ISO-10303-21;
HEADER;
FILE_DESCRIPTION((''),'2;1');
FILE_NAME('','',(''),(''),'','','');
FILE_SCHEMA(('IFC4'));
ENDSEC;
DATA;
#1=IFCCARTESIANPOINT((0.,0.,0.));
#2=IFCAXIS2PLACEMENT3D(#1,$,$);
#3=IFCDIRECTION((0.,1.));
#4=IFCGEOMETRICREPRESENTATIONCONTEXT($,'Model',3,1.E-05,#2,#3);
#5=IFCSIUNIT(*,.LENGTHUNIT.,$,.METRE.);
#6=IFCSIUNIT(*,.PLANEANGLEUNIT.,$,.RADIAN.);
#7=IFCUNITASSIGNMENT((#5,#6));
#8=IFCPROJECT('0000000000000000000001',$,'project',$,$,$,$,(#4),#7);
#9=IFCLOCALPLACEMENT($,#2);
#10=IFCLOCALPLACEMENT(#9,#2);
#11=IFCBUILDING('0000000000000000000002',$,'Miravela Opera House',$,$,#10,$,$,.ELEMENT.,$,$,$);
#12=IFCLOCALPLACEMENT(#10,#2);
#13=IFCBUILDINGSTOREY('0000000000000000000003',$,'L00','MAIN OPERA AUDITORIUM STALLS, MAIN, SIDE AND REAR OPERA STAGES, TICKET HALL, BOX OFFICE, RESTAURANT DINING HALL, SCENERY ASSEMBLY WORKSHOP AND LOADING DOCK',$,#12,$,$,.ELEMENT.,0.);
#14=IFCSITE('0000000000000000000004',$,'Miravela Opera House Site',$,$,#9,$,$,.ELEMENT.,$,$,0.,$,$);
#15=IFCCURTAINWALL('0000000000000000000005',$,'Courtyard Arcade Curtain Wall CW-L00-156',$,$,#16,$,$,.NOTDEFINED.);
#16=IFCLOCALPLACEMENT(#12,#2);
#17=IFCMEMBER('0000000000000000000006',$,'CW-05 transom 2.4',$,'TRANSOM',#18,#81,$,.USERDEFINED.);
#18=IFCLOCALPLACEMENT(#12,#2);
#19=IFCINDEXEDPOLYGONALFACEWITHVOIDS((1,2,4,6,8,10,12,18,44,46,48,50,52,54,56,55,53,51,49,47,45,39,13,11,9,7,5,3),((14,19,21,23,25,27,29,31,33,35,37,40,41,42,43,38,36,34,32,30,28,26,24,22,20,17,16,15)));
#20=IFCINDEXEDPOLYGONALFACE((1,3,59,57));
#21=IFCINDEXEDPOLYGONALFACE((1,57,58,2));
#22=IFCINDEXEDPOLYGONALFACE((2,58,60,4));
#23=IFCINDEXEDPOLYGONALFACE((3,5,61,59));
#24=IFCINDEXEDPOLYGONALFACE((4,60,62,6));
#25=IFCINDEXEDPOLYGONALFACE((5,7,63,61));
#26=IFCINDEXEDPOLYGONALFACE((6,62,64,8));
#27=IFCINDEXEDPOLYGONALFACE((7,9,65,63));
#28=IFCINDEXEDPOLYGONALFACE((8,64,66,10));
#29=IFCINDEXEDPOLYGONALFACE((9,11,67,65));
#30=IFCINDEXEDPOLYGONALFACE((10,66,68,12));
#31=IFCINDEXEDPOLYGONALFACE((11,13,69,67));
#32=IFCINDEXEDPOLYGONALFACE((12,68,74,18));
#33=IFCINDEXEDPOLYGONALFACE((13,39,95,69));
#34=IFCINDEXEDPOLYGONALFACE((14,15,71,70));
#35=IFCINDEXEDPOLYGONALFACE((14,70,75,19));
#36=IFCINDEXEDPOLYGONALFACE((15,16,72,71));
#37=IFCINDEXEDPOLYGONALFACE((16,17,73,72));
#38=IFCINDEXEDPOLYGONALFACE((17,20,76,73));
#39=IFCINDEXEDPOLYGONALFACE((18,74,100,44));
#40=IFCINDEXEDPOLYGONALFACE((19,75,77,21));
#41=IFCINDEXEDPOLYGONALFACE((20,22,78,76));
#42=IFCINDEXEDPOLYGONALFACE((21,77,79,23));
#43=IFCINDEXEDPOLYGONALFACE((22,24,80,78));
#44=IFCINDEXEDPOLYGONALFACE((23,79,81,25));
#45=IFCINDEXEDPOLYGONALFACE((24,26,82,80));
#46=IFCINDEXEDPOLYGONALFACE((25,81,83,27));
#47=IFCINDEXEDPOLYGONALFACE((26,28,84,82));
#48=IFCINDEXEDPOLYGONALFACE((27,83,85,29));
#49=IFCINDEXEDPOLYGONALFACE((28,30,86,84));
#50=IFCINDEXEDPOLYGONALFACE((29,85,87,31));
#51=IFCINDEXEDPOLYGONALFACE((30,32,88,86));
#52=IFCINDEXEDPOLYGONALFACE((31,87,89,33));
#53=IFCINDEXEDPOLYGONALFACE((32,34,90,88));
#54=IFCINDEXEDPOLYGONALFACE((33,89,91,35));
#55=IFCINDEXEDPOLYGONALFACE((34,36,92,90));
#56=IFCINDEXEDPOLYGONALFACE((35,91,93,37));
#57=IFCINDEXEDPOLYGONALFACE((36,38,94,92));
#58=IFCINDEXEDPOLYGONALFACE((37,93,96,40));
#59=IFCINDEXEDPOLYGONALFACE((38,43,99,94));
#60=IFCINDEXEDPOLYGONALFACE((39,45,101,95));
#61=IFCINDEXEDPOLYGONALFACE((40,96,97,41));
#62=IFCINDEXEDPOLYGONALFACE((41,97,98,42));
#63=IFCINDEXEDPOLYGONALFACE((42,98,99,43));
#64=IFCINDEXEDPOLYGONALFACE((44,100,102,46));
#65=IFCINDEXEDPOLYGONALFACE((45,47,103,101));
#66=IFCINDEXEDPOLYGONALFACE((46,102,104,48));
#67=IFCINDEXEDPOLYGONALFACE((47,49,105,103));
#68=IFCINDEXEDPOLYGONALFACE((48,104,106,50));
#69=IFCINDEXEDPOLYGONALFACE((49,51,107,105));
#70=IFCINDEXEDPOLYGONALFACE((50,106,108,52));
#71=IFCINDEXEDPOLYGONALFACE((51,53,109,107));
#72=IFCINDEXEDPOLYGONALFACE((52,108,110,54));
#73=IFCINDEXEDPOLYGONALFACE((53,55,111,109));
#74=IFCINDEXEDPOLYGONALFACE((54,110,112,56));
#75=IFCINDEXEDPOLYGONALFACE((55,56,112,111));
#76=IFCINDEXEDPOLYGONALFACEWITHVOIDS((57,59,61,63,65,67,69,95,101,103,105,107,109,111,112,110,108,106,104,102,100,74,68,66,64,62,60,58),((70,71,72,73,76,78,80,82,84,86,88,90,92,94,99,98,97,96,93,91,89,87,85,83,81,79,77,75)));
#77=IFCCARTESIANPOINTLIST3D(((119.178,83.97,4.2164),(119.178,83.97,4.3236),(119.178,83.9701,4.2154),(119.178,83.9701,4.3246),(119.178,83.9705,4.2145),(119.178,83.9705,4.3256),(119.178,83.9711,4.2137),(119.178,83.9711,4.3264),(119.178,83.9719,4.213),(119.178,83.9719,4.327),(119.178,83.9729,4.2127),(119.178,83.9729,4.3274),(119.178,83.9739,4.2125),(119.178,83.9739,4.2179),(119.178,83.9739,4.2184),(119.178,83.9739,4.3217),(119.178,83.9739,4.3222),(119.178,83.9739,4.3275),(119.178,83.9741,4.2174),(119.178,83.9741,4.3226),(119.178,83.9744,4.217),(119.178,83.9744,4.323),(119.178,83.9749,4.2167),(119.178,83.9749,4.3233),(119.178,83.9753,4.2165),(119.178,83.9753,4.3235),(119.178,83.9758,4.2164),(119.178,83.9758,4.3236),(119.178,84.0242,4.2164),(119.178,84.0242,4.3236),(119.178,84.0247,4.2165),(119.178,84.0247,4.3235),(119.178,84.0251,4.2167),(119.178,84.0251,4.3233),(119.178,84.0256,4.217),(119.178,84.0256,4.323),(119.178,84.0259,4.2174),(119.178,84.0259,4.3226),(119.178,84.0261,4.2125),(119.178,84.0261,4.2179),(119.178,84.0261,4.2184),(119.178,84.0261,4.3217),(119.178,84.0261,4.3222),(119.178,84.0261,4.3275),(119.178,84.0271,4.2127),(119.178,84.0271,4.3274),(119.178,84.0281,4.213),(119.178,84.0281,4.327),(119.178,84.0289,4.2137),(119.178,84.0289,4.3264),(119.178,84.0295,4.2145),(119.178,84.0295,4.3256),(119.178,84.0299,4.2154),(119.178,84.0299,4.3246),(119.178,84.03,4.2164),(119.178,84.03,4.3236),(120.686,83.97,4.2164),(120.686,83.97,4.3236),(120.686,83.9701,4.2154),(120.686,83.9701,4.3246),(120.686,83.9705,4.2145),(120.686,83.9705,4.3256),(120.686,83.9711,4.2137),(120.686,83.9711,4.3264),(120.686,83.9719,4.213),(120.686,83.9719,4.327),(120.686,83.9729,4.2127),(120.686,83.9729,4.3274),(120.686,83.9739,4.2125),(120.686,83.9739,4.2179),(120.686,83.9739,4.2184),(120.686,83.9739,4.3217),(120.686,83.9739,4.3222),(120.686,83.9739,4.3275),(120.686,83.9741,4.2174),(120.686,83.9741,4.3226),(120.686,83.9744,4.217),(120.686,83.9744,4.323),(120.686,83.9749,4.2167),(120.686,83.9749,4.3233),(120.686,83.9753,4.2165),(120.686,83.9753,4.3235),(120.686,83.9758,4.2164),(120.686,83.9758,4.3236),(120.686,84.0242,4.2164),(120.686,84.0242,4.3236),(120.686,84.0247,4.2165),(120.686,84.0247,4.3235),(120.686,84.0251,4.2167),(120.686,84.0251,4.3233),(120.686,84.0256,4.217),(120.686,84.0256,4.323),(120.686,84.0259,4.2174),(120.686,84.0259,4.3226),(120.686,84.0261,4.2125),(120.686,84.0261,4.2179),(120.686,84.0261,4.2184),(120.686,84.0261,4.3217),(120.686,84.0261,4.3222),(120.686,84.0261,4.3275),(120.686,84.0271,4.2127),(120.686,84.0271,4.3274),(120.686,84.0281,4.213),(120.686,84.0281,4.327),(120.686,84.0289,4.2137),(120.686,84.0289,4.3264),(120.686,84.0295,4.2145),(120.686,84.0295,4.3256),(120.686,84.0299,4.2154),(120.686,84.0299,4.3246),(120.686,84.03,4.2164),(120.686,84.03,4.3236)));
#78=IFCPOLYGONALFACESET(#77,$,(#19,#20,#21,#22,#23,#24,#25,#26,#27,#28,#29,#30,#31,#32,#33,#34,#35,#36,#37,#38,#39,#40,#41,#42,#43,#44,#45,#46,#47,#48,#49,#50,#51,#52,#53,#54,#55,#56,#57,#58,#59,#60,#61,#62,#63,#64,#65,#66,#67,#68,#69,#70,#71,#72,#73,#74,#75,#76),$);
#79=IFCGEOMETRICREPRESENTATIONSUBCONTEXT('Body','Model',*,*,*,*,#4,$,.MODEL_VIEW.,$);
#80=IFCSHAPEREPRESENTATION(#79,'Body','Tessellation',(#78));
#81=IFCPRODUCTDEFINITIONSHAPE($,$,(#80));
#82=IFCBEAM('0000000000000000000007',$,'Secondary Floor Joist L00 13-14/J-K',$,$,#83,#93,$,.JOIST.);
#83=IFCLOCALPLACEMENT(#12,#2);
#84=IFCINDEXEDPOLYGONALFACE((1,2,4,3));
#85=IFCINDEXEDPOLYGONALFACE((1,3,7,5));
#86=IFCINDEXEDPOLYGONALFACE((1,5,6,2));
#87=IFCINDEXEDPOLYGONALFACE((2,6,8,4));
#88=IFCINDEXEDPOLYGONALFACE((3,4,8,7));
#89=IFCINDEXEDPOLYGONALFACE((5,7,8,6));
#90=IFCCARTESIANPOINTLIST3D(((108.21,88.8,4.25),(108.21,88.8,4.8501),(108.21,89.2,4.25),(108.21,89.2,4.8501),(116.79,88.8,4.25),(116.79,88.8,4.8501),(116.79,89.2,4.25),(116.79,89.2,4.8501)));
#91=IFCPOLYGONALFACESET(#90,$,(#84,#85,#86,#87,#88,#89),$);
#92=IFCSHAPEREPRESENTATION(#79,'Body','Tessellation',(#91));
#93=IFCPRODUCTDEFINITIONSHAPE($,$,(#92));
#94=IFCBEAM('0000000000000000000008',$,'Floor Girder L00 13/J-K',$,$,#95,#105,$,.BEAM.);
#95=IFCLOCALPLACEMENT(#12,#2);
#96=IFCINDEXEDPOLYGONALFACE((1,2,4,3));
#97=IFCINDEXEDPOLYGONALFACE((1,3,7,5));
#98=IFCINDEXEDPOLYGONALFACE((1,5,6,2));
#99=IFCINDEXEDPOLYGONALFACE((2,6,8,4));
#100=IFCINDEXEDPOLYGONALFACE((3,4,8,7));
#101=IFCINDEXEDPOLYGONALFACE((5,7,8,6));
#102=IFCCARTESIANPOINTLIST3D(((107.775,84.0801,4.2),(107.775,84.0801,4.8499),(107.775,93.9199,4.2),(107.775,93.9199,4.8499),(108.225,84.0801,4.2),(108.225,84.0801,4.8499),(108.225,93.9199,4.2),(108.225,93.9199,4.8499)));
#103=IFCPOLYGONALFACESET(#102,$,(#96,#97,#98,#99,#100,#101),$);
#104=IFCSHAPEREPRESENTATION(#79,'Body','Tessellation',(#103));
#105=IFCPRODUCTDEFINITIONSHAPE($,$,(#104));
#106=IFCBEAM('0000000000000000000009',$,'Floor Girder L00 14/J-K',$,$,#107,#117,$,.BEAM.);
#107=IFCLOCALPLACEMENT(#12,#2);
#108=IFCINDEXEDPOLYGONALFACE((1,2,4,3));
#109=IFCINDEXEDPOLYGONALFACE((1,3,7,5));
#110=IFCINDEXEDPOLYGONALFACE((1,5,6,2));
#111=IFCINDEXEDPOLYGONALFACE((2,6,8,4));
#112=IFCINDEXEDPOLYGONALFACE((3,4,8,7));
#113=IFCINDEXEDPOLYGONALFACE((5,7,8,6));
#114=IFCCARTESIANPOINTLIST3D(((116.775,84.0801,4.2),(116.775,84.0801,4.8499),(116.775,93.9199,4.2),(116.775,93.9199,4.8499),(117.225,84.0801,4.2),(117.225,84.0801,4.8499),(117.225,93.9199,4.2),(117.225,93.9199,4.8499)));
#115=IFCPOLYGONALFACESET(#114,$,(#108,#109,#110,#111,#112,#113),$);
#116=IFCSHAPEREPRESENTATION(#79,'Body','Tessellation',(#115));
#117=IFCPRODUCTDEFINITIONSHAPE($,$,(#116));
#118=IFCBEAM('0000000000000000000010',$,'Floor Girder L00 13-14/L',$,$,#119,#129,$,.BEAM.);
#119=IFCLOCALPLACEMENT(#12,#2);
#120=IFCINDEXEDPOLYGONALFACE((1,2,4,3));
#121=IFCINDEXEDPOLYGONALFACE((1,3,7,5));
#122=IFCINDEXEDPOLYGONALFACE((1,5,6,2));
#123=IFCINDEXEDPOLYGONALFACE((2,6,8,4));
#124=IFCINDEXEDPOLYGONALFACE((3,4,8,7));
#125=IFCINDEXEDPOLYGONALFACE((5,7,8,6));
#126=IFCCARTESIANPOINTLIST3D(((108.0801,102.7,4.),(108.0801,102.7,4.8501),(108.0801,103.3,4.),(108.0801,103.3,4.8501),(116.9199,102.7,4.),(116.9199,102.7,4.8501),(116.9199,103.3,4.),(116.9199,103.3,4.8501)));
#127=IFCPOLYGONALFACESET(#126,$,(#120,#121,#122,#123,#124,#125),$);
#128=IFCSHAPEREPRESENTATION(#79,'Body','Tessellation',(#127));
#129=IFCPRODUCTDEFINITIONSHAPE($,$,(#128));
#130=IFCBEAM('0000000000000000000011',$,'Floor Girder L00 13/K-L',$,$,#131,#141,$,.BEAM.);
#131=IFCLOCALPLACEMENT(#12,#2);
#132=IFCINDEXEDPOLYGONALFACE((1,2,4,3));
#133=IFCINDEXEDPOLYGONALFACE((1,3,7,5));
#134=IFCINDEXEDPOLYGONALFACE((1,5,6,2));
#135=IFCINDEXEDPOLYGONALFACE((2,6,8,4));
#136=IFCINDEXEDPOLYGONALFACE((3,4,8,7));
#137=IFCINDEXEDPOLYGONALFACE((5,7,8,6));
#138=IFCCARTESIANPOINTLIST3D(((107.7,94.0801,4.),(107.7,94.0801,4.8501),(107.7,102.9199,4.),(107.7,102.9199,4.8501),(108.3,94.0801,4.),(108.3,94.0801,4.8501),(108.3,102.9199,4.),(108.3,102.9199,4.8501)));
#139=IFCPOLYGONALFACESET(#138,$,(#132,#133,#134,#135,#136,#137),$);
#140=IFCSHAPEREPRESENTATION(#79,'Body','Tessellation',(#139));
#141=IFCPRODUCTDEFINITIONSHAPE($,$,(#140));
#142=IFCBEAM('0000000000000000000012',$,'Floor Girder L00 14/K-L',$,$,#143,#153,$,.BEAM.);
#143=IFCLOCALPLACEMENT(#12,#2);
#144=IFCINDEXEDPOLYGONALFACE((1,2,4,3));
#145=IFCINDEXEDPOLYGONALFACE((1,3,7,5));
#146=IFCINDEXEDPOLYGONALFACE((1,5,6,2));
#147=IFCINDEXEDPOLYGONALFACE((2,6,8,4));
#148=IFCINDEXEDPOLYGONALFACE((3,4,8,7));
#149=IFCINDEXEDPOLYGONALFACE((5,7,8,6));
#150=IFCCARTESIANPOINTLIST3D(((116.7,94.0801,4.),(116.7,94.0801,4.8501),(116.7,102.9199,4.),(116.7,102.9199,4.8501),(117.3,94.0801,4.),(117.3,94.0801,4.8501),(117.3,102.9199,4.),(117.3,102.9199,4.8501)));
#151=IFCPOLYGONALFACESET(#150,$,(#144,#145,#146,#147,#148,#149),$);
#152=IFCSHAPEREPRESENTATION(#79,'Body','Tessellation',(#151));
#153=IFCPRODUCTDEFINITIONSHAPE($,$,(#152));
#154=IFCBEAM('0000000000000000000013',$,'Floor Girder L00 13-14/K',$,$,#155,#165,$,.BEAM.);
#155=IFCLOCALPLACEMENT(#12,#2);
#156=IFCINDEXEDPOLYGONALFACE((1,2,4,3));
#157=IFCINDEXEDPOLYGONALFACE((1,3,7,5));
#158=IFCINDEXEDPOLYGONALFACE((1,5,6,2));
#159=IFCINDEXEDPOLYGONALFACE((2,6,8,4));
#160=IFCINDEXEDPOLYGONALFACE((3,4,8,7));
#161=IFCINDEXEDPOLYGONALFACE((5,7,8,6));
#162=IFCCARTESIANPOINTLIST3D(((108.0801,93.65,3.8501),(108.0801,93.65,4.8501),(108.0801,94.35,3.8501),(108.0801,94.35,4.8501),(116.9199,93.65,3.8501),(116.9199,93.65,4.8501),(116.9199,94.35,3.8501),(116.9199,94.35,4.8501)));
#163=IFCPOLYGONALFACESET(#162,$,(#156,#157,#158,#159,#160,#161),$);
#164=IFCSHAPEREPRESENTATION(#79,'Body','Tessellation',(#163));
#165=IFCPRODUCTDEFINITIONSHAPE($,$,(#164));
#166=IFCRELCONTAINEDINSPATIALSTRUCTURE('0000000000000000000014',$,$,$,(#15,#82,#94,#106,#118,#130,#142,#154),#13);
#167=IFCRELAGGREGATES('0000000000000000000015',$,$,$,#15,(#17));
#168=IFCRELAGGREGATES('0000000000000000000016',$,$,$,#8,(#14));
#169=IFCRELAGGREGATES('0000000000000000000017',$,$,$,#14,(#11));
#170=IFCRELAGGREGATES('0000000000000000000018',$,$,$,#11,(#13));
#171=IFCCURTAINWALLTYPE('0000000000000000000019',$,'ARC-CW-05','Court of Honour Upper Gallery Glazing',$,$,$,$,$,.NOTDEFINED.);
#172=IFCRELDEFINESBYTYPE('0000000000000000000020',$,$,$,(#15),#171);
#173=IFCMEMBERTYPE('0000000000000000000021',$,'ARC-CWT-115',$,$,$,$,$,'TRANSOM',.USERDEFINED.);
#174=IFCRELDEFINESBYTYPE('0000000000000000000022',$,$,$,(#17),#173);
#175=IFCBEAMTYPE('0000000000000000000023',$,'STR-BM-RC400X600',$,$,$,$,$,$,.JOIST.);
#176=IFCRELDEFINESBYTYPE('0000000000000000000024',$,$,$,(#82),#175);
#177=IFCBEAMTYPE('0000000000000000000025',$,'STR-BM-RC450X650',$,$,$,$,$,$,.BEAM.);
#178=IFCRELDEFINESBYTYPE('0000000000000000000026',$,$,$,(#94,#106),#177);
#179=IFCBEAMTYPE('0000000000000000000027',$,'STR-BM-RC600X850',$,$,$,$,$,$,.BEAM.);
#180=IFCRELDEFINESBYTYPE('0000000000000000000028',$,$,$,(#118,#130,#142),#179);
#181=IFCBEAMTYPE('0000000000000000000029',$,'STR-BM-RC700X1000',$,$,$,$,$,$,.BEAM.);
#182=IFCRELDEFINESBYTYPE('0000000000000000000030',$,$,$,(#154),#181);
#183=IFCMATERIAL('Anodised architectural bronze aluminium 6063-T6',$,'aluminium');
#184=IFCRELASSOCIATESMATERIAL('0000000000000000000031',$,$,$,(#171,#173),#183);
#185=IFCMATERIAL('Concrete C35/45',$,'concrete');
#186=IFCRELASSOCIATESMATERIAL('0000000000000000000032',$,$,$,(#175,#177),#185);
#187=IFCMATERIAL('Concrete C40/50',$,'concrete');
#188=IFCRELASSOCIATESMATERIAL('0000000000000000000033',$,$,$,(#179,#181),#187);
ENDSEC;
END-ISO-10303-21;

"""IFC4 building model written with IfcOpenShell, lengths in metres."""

from ifc_helpers import new_model, si_unit, direction, frame, origin, origin_2d, place, context, subcontext, project, spatial, rectangle, hollow_rectangle, extrude, material, material_profile, profile_set, type_object, element, aggregate, save


model = new_model("IFC4")

# Units and contexts
model_context = context("Model", 3, precision=1e-05, world=origin(), true_north=direction((0.0, 1.0)))
body_context = subcontext(model_context, "Body", "Model", "MODEL_VIEW")
ifc_project = project(units=[si_unit("LENGTHUNIT", "METRE"), si_unit("PLANEANGLEUNIT", "RADIAN")], contexts=[model_context])

# Site, building, storey
site_placement = place(None, origin())
site = spatial("IfcSite", under=ifc_project, at=site_placement, Name="Miravela Opera House Site", CompositionType="ELEMENT", RefElevation=0.0)
building_placement = place(site_placement, origin())
building = spatial("IfcBuilding", under=site, at=building_placement, Name="Miravela Opera House", CompositionType="ELEMENT")
storey_placement = place(building_placement, origin())
storey = spatial("IfcBuildingStorey", under=building, at=storey_placement, Name="L00", Description="MAIN OPERA AUDITORIUM STALLS, MAIN, SIDE AND REAR OPERA STAGES, TICKET HALL, BOX OFFICE, RESTAURANT DINING HALL, SCENERY ASSEMBLY WORKSHOP AND LOADING DOCK", CompositionType="ELEMENT", Elevation=0.0)

# Shared definitions
ifc_material_1 = material(Name="Concrete C40/50", Category="concrete")

# Curtain wall, member
ifc_material_2 = material(Name="Anodised architectural bronze aluminium 6063-T6", Category="aluminium")
curtain_wall_type = type_object("IfcCurtainWallType", Name="ARC-CW-05", Description="Court of Honour Upper Gallery Glazing", PredefinedType="NOTDEFINED", material=ifc_material_2)
curtain_wall_placement = place(storey_placement, origin())
curtain_wall = element("IfcCurtainWall", 1, at=curtain_wall_placement, inside=storey, type_object=curtain_wall_type, Name="Courtyard Arcade Curtain Wall CW-L00-156", PredefinedType="NOTDEFINED")
ifc_material_profile_1 = material_profile(ifc_material_2, hollow_rectangle(XDim=0.0601, YDim=0.115, WallThickness=0.0039, InnerFilletRadius=0.002, OuterFilletRadius=0.0039, at=origin_2d()), Name="CWT-60X115")
ifc_profile_set_1 = profile_set([ifc_material_profile_1])
member_type_1 = type_object("IfcMemberType", Name="ARC-CWT-115", ElementType="TRANSOM", PredefinedType="USERDEFINED", material=ifc_profile_set_1)
member_1_placement = place(storey_placement, frame((119.178, 84.0, 4.27), z_axis=(1.0, 0.0, 0.0), x_axis=(0.0, 1.0, 0.0)))
member_1 = element("IfcMember", 2, at=member_1_placement, type_object=member_type_1, Name="CW-05 transom 2.4", ObjectType="TRANSOM", PredefinedType="USERDEFINED", context=body_context, shape_type="SweptSolid", body=[
    extrude(hollow_rectangle(XDim=0.0601, YDim=0.115, WallThickness=0.0039, InnerFilletRadius=0.002, OuterFilletRadius=0.0039, at=origin_2d()), origin(), (0.0, 0.0, 1.0), 1.5081),
])
aggregate(curtain_wall, [member_1])

# Beams
ifc_material_3 = material(Name="Concrete C35/45", Category="concrete")
ifc_material_profile_2 = material_profile(ifc_material_3, rectangle(XDim=0.3999, YDim=0.6001, at=origin_2d()), Name="RC-BM-400X600")
ifc_profile_set_2 = profile_set([ifc_material_profile_2])
beam_type_1 = type_object("IfcBeamType", Name="STR-BM-RC400X600", PredefinedType="JOIST", material=ifc_profile_set_2)
beam_1_placement = place(storey_placement, frame((108.21, 89.0, 4.55), z_axis=(1.0, 0.0, 0.0), x_axis=(0.0, 1.0, 0.0)))
element("IfcBeam", 3, at=beam_1_placement, inside=storey, type_object=beam_type_1, Name="Secondary Floor Joist L00 13-14/J-K", PredefinedType="JOIST", context=body_context, shape_type="SweptSolid", body=[
    extrude(rectangle(XDim=0.3999, YDim=0.6001, at=origin_2d()), origin(), (0.0, 0.0, 1.0), 8.5801),
])
ifc_material_profile_3 = material_profile(ifc_material_3, rectangle(XDim=0.45, YDim=0.6499, at=origin_2d()), Name="RC-BM-450X650")
ifc_profile_set_3 = profile_set([ifc_material_profile_3])
beam_type_2 = type_object("IfcBeamType", Name="STR-BM-RC450X650", PredefinedType="BEAM", material=ifc_profile_set_3)
for number, where, z_axis, x_axis, name in (
    (4, (108.0, 84.0801, 4.5249), (0.0, 1.0, 0.0), (-1.0, 0.0, 0.0), "Floor Girder L00 13/J-K"),
    (5, (117.0, 84.0801, 4.5249), (0.0, 1.0, 0.0), (-1.0, 0.0, 0.0), "Floor Girder L00 14/J-K"),
):
    element("IfcBeam", number, at=place(storey_placement, frame(where, z_axis=z_axis, x_axis=x_axis)), inside=storey, type_object=beam_type_2, Name=name, PredefinedType="BEAM", context=body_context, shape_type="SweptSolid", body=[
        extrude(rectangle(XDim=0.45, YDim=0.6499, at=origin_2d()), origin(), (0.0, 0.0, 1.0), 9.8398),
    ])
ifc_material_profile_4 = material_profile(ifc_material_1, rectangle(XDim=0.6001, YDim=0.8501, at=origin_2d()), Name="RC-BM-600X850")
ifc_profile_set_4 = profile_set([ifc_material_profile_4])
beam_type_3 = type_object("IfcBeamType", Name="STR-BM-RC600X850", PredefinedType="BEAM", material=ifc_profile_set_4)
for number, where, z_axis, x_axis, name in (
    (6, (108.0801, 103.0, 4.425), (1.0, 0.0, 0.0), (0.0, 1.0, 0.0), "Floor Girder L00 13-14/L"),
    (7, (108.0, 94.0801, 4.425), (0.0, 1.0, 0.0), (-1.0, 0.0, 0.0), "Floor Girder L00 13/K-L"),
    (8, (117.0, 94.0801, 4.425), (0.0, 1.0, 0.0), (-1.0, 0.0, 0.0), "Floor Girder L00 14/K-L"),
):
    element("IfcBeam", number, at=place(storey_placement, frame(where, z_axis=z_axis, x_axis=x_axis)), inside=storey, type_object=beam_type_3, Name=name, PredefinedType="BEAM", context=body_context, shape_type="SweptSolid", body=[
        extrude(rectangle(XDim=0.6001, YDim=0.8501, at=origin_2d()), origin(), (0.0, 0.0, 1.0), 8.8398),
    ])
ifc_material_profile_5 = material_profile(ifc_material_1, rectangle(XDim=0.7, YDim=1.0, at=origin_2d()), Name="RC-BM-700X1000")
ifc_profile_set_5 = profile_set([ifc_material_profile_5])
beam_type_4 = type_object("IfcBeamType", Name="STR-BM-RC700X1000", PredefinedType="BEAM", material=ifc_profile_set_5)
beam_2_placement = place(storey_placement, frame((108.0801, 94.0, 4.3501), z_axis=(1.0, 0.0, 0.0), x_axis=(0.0, 1.0, 0.0)))
element("IfcBeam", 9, at=beam_2_placement, inside=storey, type_object=beam_type_4, Name="Floor Girder L00 13-14/K", PredefinedType="BEAM", context=body_context, shape_type="SweptSolid", body=[
    extrude(rectangle(XDim=0.7, YDim=1.0, at=origin_2d()), origin(), (0.0, 0.0, 1.0), 8.8398),
])

save(model, "model.ifc")
